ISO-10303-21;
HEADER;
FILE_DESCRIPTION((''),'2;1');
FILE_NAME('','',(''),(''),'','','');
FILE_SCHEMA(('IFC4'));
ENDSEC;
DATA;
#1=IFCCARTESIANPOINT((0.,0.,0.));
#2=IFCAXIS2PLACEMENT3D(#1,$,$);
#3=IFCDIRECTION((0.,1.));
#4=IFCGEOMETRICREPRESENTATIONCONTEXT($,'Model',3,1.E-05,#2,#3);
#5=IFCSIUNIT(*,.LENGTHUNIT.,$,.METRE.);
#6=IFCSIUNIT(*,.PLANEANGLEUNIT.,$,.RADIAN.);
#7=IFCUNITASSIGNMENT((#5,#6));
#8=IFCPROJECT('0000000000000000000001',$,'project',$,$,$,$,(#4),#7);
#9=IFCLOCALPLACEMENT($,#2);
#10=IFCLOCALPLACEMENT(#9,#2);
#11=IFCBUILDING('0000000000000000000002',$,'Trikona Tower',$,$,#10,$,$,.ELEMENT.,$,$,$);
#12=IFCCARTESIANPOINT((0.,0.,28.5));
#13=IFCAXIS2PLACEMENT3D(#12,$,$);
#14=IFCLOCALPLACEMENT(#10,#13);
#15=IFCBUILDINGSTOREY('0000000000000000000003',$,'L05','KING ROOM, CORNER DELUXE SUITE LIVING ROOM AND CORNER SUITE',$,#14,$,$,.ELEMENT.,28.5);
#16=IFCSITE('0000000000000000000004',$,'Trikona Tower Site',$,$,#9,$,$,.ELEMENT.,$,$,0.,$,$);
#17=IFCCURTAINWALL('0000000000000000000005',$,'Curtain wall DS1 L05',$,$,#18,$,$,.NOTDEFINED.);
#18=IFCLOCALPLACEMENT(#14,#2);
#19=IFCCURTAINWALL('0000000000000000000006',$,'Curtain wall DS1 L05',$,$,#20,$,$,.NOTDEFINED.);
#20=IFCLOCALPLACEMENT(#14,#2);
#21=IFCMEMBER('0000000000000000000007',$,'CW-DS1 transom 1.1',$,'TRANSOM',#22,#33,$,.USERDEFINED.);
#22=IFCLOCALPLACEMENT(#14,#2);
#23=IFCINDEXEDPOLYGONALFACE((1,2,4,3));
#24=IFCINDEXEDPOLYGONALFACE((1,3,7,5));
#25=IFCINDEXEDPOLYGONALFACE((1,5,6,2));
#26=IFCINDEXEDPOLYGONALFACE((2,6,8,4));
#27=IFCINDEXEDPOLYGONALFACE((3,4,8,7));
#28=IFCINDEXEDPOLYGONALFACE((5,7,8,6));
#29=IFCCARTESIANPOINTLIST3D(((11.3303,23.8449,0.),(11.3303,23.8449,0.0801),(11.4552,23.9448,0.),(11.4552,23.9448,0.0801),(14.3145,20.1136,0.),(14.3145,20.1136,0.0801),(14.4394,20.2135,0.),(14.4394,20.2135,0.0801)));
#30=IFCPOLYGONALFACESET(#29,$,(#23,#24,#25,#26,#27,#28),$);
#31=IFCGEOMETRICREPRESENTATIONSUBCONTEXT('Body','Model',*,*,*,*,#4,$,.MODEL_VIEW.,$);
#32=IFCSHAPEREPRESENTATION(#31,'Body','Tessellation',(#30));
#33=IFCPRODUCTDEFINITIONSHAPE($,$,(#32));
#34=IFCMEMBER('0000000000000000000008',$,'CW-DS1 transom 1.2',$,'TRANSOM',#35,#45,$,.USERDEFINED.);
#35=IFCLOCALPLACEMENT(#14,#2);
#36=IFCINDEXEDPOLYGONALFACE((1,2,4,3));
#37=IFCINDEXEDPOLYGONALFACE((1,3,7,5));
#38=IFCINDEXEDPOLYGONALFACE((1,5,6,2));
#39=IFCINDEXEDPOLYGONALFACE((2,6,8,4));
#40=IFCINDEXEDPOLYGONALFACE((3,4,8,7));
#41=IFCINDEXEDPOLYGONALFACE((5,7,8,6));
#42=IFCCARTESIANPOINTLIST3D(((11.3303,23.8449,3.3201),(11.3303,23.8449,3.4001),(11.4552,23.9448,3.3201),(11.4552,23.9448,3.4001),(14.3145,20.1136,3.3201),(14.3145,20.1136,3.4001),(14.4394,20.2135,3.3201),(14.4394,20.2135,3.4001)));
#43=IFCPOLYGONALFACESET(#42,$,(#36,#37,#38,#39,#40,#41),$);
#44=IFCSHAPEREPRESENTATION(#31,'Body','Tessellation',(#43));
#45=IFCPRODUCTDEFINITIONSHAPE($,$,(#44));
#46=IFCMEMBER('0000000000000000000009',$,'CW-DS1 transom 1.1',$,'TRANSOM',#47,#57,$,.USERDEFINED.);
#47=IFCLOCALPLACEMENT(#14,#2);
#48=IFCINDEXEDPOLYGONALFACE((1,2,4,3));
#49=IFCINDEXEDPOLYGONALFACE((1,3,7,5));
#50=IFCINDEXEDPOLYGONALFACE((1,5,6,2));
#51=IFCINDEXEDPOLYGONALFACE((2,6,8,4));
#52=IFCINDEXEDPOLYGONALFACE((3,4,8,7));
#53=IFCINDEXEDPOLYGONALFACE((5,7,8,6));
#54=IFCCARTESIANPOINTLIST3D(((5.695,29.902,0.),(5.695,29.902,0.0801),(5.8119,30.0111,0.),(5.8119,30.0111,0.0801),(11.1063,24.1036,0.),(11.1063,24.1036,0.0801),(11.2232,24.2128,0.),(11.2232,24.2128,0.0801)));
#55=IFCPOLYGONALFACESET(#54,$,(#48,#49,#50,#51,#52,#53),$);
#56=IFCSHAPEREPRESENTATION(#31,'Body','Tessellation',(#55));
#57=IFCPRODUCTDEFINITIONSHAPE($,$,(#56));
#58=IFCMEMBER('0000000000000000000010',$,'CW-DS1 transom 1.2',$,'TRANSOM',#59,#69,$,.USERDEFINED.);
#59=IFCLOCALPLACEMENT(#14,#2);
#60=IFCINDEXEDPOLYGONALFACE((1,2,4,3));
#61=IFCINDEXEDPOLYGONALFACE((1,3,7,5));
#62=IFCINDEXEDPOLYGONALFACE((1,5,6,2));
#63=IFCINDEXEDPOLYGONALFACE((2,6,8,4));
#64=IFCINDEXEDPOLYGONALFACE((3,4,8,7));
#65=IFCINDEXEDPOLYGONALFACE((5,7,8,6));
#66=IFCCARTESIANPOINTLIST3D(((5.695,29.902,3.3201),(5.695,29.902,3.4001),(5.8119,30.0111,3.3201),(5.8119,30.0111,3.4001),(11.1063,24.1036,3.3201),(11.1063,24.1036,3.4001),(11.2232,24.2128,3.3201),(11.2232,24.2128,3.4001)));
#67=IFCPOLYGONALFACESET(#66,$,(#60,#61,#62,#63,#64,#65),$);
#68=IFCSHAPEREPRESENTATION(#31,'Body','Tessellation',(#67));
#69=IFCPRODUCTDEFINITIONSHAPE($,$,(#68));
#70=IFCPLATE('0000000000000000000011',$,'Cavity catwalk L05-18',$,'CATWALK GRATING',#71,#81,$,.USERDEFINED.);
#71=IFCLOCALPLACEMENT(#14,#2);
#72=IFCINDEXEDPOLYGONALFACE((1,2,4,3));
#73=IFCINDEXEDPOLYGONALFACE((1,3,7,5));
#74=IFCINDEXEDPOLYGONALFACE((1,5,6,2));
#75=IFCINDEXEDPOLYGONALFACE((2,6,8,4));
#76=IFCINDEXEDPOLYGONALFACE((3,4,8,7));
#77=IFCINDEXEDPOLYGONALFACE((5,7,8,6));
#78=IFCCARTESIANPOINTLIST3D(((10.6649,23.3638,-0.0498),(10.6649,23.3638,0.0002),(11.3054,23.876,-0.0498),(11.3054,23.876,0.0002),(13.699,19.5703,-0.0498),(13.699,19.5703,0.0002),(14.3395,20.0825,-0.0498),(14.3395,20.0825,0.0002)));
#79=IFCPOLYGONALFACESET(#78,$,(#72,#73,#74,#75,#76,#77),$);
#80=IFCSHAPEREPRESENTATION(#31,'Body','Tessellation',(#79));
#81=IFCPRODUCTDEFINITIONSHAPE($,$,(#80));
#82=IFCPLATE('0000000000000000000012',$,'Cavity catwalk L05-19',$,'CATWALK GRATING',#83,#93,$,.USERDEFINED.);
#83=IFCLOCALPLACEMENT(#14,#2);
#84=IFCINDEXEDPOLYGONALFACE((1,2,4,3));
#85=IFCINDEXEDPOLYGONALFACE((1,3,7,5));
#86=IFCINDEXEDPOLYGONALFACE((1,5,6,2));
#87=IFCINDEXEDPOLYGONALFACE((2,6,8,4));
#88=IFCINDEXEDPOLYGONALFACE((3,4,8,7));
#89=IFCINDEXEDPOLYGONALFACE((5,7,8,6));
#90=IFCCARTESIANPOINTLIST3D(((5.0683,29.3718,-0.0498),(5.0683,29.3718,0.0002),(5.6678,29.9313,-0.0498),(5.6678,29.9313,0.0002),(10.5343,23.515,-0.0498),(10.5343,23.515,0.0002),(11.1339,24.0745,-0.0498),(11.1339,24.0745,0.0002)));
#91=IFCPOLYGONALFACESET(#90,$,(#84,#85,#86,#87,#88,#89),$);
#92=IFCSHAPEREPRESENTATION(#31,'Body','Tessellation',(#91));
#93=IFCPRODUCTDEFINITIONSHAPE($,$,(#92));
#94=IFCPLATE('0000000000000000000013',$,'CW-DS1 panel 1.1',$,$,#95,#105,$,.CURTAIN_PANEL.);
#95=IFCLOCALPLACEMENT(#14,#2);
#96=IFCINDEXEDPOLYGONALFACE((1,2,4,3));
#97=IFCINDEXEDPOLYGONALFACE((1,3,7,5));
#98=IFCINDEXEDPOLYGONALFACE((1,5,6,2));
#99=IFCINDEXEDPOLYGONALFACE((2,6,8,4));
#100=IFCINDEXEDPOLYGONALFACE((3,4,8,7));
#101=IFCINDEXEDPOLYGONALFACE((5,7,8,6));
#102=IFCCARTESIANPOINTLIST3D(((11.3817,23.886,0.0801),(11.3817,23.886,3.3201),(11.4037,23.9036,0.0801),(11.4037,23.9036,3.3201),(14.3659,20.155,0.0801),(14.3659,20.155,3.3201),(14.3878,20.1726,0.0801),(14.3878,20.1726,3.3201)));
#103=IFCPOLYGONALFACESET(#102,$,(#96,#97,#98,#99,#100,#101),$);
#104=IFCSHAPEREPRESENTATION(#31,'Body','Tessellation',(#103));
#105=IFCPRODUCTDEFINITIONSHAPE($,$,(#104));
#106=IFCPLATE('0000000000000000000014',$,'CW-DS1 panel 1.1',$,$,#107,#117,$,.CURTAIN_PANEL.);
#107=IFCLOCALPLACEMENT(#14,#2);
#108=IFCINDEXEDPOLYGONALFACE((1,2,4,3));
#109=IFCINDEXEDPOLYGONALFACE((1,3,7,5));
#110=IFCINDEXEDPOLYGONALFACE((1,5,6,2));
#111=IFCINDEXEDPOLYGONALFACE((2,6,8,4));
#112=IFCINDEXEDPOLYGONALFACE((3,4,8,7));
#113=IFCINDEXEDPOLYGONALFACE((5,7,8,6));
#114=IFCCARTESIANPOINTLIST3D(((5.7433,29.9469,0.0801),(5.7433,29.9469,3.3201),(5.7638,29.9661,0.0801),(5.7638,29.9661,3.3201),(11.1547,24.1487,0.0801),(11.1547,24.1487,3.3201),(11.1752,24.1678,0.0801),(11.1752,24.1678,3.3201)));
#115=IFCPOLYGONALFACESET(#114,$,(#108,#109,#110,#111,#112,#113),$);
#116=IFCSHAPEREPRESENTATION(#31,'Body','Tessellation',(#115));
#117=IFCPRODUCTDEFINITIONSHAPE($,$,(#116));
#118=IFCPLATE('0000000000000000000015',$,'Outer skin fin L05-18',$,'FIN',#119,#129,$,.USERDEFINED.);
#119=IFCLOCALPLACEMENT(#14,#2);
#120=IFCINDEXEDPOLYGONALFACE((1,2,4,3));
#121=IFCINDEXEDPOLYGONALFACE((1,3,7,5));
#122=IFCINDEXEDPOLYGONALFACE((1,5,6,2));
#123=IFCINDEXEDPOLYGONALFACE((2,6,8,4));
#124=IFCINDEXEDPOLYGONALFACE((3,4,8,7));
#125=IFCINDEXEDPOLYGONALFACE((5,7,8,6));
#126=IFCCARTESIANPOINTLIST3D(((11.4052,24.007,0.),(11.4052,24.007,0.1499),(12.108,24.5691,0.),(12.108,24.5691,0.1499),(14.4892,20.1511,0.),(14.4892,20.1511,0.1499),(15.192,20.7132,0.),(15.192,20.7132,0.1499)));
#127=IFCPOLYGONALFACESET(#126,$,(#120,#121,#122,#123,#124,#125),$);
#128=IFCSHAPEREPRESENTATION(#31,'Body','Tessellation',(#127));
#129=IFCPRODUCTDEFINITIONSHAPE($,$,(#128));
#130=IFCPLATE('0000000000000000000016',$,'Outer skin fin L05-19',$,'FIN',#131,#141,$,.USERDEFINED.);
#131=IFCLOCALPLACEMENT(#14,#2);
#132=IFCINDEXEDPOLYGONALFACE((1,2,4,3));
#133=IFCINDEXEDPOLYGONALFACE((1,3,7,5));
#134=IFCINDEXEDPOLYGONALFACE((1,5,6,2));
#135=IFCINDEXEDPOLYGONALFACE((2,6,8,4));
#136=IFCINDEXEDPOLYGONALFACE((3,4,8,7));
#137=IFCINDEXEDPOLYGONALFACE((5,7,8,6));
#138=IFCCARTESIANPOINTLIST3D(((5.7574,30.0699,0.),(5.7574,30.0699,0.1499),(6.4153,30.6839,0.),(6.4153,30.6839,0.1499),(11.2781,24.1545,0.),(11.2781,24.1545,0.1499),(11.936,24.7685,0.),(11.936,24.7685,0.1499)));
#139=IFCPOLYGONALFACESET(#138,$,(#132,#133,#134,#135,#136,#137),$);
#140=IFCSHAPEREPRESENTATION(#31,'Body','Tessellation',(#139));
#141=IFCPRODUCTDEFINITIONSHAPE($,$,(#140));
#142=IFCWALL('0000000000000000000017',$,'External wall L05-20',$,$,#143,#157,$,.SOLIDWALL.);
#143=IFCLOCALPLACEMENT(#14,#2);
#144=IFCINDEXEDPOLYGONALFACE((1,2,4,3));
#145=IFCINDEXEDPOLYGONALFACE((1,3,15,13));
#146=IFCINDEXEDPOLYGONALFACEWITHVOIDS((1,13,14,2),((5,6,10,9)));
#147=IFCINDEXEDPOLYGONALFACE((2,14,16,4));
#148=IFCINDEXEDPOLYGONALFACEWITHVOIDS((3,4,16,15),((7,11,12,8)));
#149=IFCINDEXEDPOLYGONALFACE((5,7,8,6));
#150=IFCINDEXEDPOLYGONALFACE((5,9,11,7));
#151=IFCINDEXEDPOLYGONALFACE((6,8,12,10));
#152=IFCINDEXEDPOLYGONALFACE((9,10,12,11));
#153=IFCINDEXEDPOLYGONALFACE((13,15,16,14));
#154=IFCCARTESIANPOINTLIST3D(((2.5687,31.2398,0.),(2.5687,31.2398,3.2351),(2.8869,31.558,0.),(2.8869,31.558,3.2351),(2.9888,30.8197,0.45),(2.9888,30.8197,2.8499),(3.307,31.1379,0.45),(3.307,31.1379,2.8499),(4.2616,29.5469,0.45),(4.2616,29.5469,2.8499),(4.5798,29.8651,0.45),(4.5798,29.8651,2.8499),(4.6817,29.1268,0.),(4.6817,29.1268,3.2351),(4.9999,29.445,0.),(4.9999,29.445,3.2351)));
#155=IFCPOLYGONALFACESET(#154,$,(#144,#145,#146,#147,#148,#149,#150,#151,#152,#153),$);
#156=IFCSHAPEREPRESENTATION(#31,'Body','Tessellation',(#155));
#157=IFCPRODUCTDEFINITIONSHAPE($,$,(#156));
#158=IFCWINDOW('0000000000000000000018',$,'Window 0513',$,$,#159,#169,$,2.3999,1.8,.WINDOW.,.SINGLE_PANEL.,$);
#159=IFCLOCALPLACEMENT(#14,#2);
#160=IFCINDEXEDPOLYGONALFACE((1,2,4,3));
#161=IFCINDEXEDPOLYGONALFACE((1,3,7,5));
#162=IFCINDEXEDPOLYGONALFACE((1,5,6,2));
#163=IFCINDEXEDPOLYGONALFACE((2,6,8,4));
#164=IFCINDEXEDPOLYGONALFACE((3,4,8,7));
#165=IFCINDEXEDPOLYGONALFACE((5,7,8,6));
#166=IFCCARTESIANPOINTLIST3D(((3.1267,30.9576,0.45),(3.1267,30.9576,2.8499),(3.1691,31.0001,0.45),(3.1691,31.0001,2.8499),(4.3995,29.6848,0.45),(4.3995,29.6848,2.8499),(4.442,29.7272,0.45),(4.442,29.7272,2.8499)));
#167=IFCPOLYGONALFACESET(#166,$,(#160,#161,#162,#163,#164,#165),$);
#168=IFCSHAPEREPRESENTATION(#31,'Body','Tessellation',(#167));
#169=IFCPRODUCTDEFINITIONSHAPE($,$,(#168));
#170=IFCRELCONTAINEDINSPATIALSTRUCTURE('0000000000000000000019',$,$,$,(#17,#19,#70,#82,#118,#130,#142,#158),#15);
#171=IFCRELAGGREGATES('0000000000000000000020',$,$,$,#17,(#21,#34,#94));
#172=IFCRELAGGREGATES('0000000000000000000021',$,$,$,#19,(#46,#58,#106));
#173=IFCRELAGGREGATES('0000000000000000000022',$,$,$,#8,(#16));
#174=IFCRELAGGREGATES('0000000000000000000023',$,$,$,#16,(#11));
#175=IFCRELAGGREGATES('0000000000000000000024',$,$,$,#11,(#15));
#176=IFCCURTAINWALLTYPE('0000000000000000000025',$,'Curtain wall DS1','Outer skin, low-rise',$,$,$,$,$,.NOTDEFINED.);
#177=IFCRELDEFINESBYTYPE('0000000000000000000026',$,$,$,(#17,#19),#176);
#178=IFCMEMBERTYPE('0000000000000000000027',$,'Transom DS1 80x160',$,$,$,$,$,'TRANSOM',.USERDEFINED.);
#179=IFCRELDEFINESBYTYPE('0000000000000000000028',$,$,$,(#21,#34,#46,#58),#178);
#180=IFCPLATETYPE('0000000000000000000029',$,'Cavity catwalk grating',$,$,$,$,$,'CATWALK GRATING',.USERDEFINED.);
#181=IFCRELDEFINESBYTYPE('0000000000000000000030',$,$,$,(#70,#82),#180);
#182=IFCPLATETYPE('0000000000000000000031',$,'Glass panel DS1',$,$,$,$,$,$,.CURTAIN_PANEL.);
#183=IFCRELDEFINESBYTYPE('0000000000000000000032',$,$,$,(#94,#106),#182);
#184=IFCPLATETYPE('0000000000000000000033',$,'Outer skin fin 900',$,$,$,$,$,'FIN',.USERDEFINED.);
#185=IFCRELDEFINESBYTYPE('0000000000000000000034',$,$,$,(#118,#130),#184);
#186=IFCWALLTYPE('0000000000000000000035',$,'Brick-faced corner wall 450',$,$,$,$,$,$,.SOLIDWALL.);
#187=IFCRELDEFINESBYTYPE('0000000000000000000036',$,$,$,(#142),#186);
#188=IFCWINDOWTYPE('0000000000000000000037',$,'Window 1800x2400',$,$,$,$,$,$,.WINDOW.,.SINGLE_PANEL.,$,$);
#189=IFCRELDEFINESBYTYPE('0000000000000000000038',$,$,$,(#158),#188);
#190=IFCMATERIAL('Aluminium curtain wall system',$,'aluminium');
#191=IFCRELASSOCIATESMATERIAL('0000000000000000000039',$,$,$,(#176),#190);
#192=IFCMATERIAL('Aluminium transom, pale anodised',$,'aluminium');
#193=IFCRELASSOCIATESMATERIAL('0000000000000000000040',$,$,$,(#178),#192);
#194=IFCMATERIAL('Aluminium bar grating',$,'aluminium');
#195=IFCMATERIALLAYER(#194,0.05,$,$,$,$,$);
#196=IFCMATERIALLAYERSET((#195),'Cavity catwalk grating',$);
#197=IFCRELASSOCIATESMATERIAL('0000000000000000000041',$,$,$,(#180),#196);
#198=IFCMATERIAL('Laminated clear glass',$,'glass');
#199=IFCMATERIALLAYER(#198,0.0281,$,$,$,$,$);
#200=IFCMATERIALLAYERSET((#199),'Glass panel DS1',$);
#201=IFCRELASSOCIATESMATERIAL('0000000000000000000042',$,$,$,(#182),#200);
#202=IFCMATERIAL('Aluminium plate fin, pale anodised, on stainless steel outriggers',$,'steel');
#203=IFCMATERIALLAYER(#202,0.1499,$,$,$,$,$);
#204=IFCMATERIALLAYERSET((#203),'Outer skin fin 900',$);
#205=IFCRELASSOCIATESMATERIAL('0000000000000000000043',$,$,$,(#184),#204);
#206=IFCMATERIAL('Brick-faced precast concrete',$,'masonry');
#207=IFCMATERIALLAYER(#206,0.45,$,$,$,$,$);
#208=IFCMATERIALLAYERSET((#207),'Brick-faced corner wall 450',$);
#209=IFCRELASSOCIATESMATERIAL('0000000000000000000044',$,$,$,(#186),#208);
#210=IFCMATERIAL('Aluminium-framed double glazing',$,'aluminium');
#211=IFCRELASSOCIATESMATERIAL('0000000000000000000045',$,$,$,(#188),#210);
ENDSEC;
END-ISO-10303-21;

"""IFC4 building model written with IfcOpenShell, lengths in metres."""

from ifc_helpers import new_model, si_unit, direction, frame, frame_2d, origin, origin_2d, place, context, subcontext, project, spatial, rectangle, extrude, material, layer, layer_set, material_profile, profile_set, type_object, element, fill, aggregate, save


model = new_model("IFC4")

# Units and contexts
model_context = context("Model", 3, precision=1e-05, world=origin(), true_north=direction((0.0, 1.0)))
body_context = subcontext(model_context, "Body", "Model", "MODEL_VIEW")
ifc_project = project(units=[si_unit("LENGTHUNIT", "METRE"), si_unit("PLANEANGLEUNIT", "RADIAN")], contexts=[model_context])

# Site, building, storey
site_placement = place(None, origin())
site = spatial("IfcSite", under=ifc_project, at=site_placement, Name="Trikona Tower Site", CompositionType="ELEMENT", RefElevation=0.0)
building_placement = place(site_placement, origin())
building = spatial("IfcBuilding", under=site, at=building_placement, Name="Trikona Tower", CompositionType="ELEMENT")
storey_placement = place(building_placement, frame((0.0, 0.0, 28.5)))
storey = spatial("IfcBuildingStorey", under=building, at=storey_placement, Name="L05", Description="KING ROOM, CORNER DELUXE SUITE LIVING ROOM AND CORNER SUITE", CompositionType="ELEMENT", Elevation=28.5)

# Shared definitions
ifc_material_1 = material(Name="Aluminium curtain wall system", Category="aluminium")
curtain_wall_type = type_object("IfcCurtainWallType", Name="Curtain wall DS1", Description="Outer skin, low-rise", PredefinedType="NOTDEFINED", material=ifc_material_1)

# Curtain walls
curtain_wall_1_placement = place(storey_placement, origin())
curtain_wall_1 = element("IfcCurtainWall", 1, at=curtain_wall_1_placement, inside=storey, type_object=curtain_wall_type, Name="Curtain wall DS1 L05", PredefinedType="NOTDEFINED")
curtain_wall_2_placement = place(storey_placement, origin())
curtain_wall_2 = element("IfcCurtainWall", 2, at=curtain_wall_2_placement, inside=storey, type_object=curtain_wall_type, Name="Curtain wall DS1 L05", PredefinedType="NOTDEFINED")

# Members
ifc_material_2 = material(Name="Aluminium transom, pale anodised", Category="aluminium")
ifc_material_profile_1 = material_profile(ifc_material_2, rectangle(XDim=0.1599, YDim=0.0801, at=origin_2d()), Name="TRN-DS1")
ifc_profile_set_1 = profile_set([ifc_material_profile_1], Name="Aluminium transom, pale anodised")
member_type_1 = type_object("IfcMemberType", Name="Transom DS1 80x160", ElementType="TRANSOM", PredefinedType="USERDEFINED", material=ifc_profile_set_1)
member_1_placement = place(storey_placement, frame((14.377, 20.1636, 0.04), z_axis=(-0.624589, 0.780954, 0.0), x_axis=(-0.780954, -0.624589, 0.0)))
member_1 = element("IfcMember", 3, at=member_1_placement, type_object=member_type_1, Name="CW-DS1 transom 1.1", ObjectType="TRANSOM", PredefinedType="USERDEFINED", context=body_context, shape_type="SweptSolid", body=[
    extrude(rectangle(XDim=0.1599, YDim=0.0801, at=origin_2d()), origin(), (0.0, 0.0, 1.0), 4.7778),
])
member_2_placement = place(storey_placement, frame((14.377, 20.1636, 3.3601), z_axis=(-0.624589, 0.780954, 0.0), x_axis=(-0.780954, -0.624589, 0.0)))
member_2 = element("IfcMember", 4, at=member_2_placement, type_object=member_type_1, Name="CW-DS1 transom 1.2", ObjectType="TRANSOM", PredefinedType="USERDEFINED", context=body_context, shape_type="SweptSolid", body=[
    extrude(rectangle(XDim=0.1599, YDim=0.0801, at=origin_2d()), origin(), (0.0, 0.0, 1.0), 4.7778),
])
member_3_placement = place(storey_placement, frame((11.1648, 24.1582, 0.04), z_axis=(-0.682291, 0.731081, 0.0), x_axis=(-0.731081, -0.682291, 0.0)))
member_3 = element("IfcMember", 5, at=member_3_placement, type_object=member_type_1, Name="CW-DS1 transom 1.1", ObjectType="TRANSOM", PredefinedType="USERDEFINED", context=body_context, shape_type="SweptSolid", body=[
    extrude(rectangle(XDim=0.1599, YDim=0.0801, at=origin_2d()), origin(), (0.0, 0.0, 1.0), 7.9312),
])
member_4_placement = place(storey_placement, frame((11.1648, 24.1582, 3.3601), z_axis=(-0.682291, 0.731081, 0.0), x_axis=(-0.731081, -0.682291, 0.0)))
member_4 = element("IfcMember", 6, at=member_4_placement, type_object=member_type_1, Name="CW-DS1 transom 1.2", ObjectType="TRANSOM", PredefinedType="USERDEFINED", context=body_context, shape_type="SweptSolid", body=[
    extrude(rectangle(XDim=0.1599, YDim=0.0801, at=origin_2d()), origin(), (0.0, 0.0, 1.0), 7.9312),
])

# Plates
ifc_material_3 = material(Name="Aluminium bar grating", Category="aluminium")
ifc_layer_1 = layer(ifc_material_3, 0.05)
ifc_layer_set_1 = layer_set([ifc_layer_1], Name="Cavity catwalk grating")
plate_type_1 = type_object("IfcPlateType", Name="Cavity catwalk grating", ElementType="CATWALK GRATING", PredefinedType="USERDEFINED", material=ifc_layer_set_1)
plate_1_placement = place(storey_placement, frame((12.5022, 21.7231, -0.0498), z_axis=(0.0, 0.0, 1.0), x_axis=(-0.624604, 0.780942, 0.0)))
element("IfcPlate", 7, at=plate_1_placement, inside=storey, type_object=plate_type_1, Name="Cavity catwalk L05-18", ObjectType="CATWALK GRATING", PredefinedType="USERDEFINED", context=body_context, shape_type="SweptSolid", body=[
    extrude(rectangle(XDim=4.8577, YDim=0.8201, at=origin_2d()), origin(), (0.0, 0.0, 1.0), 0.05),
])
plate_2_placement = place(storey_placement, frame((8.1011, 26.7231, -0.0498), z_axis=(0.0, 0.0, 1.0), x_axis=(-0.682298, 0.731074, 0.0)))
element("IfcPlate", 8, at=plate_2_placement, inside=storey, type_object=plate_type_1, Name="Cavity catwalk L05-19", ObjectType="CATWALK GRATING", PredefinedType="USERDEFINED", context=body_context, shape_type="SweptSolid", body=[
    extrude(rectangle(XDim=8.0112, YDim=0.8201, at=origin_2d()), origin(), (0.0, 0.0, 1.0), 0.05),
])

# Plates
ifc_material_4 = material(Name="Laminated clear glass", Category="glass")
ifc_layer_2 = layer(ifc_material_4, 0.0281)
ifc_layer_set_2 = layer_set([ifc_layer_2], Name="Glass panel DS1")
plate_type_2 = type_object("IfcPlateType", Name="Glass panel DS1", PredefinedType="CURTAIN_PANEL", material=ifc_layer_set_2)
plate_3_placement = place(storey_placement, frame((12.8848, 22.0293, 0.0801), z_axis=(0.0, 0.0, 1.0), x_axis=(-0.624609, 0.780938, 0.0)))
plate_3 = element("IfcPlate", 9, at=plate_3_placement, type_object=plate_type_2, Name="CW-DS1 panel 1.1", PredefinedType="CURTAIN_PANEL", context=body_context, shape_type="SweptSolid", body=[
    extrude(rectangle(XDim=4.7776, YDim=0.0281, at=origin_2d()), origin(), (0.0, 0.0, 1.0), 3.24),
])
aggregate(curtain_wall_1, [member_1, member_2, plate_3])
plate_4_placement = place(storey_placement, frame((8.4592, 27.0574, 0.0801), z_axis=(0.0, 0.0, 1.0), x_axis=(-0.682295, 0.731077, 0.0)))
plate_4 = element("IfcPlate", 10, at=plate_4_placement, type_object=plate_type_2, Name="CW-DS1 panel 1.1", PredefinedType="CURTAIN_PANEL", context=body_context, shape_type="SweptSolid", body=[
    extrude(rectangle(XDim=7.9312, YDim=0.0281, at=origin_2d()), origin(), (0.0, 0.0, 1.0), 3.24),
])
aggregate(curtain_wall_2, [member_3, member_4, plate_4])

# Plates
ifc_material_5 = material(Name="Aluminium plate fin, pale anodised, on stainless steel outriggers", Category="steel")
ifc_layer_3 = layer(ifc_material_5, 0.1499)
ifc_layer_set_3 = layer_set([ifc_layer_3], Name="Outer skin fin 900")
plate_type_3 = type_object("IfcPlateType", Name="Outer skin fin 900", ElementType="FIN", PredefinedType="USERDEFINED", material=ifc_layer_set_3)
plate_5_placement = place(storey_placement, frame((13.2986, 22.3601, 0.0), z_axis=(0.0, 0.0, 1.0), x_axis=(-0.624604, 0.780942, 0.0)))
element("IfcPlate", 11, at=plate_5_placement, inside=storey, type_object=plate_type_3, Name="Outer skin fin L05-18", ObjectType="FIN", PredefinedType="USERDEFINED", context=body_context, shape_type="SweptSolid", body=[
    extrude(rectangle(XDim=4.9375, YDim=0.8999, at=origin_2d()), origin(), (0.0, 0.0, 1.0), 0.1499),
])
plate_6_placement = place(storey_placement, frame((8.8467, 27.4192, 0.0), z_axis=(0.0, 0.0, 1.0), x_axis=(-0.682298, 0.731074, 0.0)))
element("IfcPlate", 12, at=plate_6_placement, inside=storey, type_object=plate_type_3, Name="Outer skin fin L05-19", ObjectType="FIN", PredefinedType="USERDEFINED", context=body_context, shape_type="SweptSolid", body=[
    extrude(rectangle(XDim=8.0913, YDim=0.8999, at=origin_2d()), origin(), (0.0, 0.0, 1.0), 0.1499),
])

# Wall, opening, window
ifc_material_6 = material(Name="Brick-faced precast concrete", Category="masonry")
ifc_layer_4 = layer(ifc_material_6, 0.45)
ifc_layer_set_4 = layer_set([ifc_layer_4], Name="Brick-faced corner wall 450")
wall_type_1 = type_object("IfcWallType", Name="Brick-faced corner wall 450", PredefinedType="SOLIDWALL", material=ifc_layer_set_4)
wall_1_placement = place(storey_placement, frame((4.8408, 29.2859, 0.0), z_axis=(0.0, 0.0, 1.0), x_axis=(-0.707107, 0.707107, 0.0)))
wall_1 = element("IfcWall", 13, at=wall_1_placement, inside=storey, type_object=wall_type_1, Name="External wall L05-20", PredefinedType="SOLIDWALL", context=body_context, shape_type="SweptSolid", body=[
    extrude(rectangle(XDim=2.9883, YDim=0.45, at=frame_2d((1.4941, 0.0))), origin(), (0.0, 0.0, 1.0), 3.2351),
])
opening_1_placement = place(wall_1_placement, frame((0.5942, 0.0, 0.45)))
opening_1 = element("IfcOpeningElement", 14, at=opening_1_placement, cuts=wall_1, PredefinedType="OPENING", context=body_context, shape_type="SweptSolid", body=[
    extrude(rectangle(XDim=1.8, YDim=2.3999, at=frame_2d((0.8999, 1.2))), frame((0.0, 0.2349, 0.0), z_axis=(0.0, -1.0, 0.0), x_axis=(1.0, 0.0, 0.0)), (0.0, 0.0, 1.0), 0.47),
])
ifc_material_7 = material(Name="Aluminium-framed double glazing", Category="aluminium")
window_type_1 = type_object("IfcWindowType", Name="Window 1800x2400", PartitioningType="SINGLE_PANEL", PredefinedType="WINDOW", material=ifc_material_7)
window_1_placement = place(opening_1_placement, origin())
window_1 = element("IfcWindow", 15, at=window_1_placement, inside=storey, type_object=window_type_1, Name="Window 0513", OverallHeight=2.3999, OverallWidth=1.8, PartitioningType="SINGLE_PANEL", PredefinedType="WINDOW", context=body_context, shape_type="SweptSolid", body=[
    extrude(rectangle(XDim=1.8, YDim=2.3999, at=frame_2d((0.8999, 1.2))), frame((0.0, 0.03, 0.0), z_axis=(0.0, -1.0, 0.0), x_axis=(1.0, 0.0, 0.0)), (0.0, 0.0, 1.0), 0.0601),
])
fill(opening_1, window_1)

save(model, "model.ifc")
